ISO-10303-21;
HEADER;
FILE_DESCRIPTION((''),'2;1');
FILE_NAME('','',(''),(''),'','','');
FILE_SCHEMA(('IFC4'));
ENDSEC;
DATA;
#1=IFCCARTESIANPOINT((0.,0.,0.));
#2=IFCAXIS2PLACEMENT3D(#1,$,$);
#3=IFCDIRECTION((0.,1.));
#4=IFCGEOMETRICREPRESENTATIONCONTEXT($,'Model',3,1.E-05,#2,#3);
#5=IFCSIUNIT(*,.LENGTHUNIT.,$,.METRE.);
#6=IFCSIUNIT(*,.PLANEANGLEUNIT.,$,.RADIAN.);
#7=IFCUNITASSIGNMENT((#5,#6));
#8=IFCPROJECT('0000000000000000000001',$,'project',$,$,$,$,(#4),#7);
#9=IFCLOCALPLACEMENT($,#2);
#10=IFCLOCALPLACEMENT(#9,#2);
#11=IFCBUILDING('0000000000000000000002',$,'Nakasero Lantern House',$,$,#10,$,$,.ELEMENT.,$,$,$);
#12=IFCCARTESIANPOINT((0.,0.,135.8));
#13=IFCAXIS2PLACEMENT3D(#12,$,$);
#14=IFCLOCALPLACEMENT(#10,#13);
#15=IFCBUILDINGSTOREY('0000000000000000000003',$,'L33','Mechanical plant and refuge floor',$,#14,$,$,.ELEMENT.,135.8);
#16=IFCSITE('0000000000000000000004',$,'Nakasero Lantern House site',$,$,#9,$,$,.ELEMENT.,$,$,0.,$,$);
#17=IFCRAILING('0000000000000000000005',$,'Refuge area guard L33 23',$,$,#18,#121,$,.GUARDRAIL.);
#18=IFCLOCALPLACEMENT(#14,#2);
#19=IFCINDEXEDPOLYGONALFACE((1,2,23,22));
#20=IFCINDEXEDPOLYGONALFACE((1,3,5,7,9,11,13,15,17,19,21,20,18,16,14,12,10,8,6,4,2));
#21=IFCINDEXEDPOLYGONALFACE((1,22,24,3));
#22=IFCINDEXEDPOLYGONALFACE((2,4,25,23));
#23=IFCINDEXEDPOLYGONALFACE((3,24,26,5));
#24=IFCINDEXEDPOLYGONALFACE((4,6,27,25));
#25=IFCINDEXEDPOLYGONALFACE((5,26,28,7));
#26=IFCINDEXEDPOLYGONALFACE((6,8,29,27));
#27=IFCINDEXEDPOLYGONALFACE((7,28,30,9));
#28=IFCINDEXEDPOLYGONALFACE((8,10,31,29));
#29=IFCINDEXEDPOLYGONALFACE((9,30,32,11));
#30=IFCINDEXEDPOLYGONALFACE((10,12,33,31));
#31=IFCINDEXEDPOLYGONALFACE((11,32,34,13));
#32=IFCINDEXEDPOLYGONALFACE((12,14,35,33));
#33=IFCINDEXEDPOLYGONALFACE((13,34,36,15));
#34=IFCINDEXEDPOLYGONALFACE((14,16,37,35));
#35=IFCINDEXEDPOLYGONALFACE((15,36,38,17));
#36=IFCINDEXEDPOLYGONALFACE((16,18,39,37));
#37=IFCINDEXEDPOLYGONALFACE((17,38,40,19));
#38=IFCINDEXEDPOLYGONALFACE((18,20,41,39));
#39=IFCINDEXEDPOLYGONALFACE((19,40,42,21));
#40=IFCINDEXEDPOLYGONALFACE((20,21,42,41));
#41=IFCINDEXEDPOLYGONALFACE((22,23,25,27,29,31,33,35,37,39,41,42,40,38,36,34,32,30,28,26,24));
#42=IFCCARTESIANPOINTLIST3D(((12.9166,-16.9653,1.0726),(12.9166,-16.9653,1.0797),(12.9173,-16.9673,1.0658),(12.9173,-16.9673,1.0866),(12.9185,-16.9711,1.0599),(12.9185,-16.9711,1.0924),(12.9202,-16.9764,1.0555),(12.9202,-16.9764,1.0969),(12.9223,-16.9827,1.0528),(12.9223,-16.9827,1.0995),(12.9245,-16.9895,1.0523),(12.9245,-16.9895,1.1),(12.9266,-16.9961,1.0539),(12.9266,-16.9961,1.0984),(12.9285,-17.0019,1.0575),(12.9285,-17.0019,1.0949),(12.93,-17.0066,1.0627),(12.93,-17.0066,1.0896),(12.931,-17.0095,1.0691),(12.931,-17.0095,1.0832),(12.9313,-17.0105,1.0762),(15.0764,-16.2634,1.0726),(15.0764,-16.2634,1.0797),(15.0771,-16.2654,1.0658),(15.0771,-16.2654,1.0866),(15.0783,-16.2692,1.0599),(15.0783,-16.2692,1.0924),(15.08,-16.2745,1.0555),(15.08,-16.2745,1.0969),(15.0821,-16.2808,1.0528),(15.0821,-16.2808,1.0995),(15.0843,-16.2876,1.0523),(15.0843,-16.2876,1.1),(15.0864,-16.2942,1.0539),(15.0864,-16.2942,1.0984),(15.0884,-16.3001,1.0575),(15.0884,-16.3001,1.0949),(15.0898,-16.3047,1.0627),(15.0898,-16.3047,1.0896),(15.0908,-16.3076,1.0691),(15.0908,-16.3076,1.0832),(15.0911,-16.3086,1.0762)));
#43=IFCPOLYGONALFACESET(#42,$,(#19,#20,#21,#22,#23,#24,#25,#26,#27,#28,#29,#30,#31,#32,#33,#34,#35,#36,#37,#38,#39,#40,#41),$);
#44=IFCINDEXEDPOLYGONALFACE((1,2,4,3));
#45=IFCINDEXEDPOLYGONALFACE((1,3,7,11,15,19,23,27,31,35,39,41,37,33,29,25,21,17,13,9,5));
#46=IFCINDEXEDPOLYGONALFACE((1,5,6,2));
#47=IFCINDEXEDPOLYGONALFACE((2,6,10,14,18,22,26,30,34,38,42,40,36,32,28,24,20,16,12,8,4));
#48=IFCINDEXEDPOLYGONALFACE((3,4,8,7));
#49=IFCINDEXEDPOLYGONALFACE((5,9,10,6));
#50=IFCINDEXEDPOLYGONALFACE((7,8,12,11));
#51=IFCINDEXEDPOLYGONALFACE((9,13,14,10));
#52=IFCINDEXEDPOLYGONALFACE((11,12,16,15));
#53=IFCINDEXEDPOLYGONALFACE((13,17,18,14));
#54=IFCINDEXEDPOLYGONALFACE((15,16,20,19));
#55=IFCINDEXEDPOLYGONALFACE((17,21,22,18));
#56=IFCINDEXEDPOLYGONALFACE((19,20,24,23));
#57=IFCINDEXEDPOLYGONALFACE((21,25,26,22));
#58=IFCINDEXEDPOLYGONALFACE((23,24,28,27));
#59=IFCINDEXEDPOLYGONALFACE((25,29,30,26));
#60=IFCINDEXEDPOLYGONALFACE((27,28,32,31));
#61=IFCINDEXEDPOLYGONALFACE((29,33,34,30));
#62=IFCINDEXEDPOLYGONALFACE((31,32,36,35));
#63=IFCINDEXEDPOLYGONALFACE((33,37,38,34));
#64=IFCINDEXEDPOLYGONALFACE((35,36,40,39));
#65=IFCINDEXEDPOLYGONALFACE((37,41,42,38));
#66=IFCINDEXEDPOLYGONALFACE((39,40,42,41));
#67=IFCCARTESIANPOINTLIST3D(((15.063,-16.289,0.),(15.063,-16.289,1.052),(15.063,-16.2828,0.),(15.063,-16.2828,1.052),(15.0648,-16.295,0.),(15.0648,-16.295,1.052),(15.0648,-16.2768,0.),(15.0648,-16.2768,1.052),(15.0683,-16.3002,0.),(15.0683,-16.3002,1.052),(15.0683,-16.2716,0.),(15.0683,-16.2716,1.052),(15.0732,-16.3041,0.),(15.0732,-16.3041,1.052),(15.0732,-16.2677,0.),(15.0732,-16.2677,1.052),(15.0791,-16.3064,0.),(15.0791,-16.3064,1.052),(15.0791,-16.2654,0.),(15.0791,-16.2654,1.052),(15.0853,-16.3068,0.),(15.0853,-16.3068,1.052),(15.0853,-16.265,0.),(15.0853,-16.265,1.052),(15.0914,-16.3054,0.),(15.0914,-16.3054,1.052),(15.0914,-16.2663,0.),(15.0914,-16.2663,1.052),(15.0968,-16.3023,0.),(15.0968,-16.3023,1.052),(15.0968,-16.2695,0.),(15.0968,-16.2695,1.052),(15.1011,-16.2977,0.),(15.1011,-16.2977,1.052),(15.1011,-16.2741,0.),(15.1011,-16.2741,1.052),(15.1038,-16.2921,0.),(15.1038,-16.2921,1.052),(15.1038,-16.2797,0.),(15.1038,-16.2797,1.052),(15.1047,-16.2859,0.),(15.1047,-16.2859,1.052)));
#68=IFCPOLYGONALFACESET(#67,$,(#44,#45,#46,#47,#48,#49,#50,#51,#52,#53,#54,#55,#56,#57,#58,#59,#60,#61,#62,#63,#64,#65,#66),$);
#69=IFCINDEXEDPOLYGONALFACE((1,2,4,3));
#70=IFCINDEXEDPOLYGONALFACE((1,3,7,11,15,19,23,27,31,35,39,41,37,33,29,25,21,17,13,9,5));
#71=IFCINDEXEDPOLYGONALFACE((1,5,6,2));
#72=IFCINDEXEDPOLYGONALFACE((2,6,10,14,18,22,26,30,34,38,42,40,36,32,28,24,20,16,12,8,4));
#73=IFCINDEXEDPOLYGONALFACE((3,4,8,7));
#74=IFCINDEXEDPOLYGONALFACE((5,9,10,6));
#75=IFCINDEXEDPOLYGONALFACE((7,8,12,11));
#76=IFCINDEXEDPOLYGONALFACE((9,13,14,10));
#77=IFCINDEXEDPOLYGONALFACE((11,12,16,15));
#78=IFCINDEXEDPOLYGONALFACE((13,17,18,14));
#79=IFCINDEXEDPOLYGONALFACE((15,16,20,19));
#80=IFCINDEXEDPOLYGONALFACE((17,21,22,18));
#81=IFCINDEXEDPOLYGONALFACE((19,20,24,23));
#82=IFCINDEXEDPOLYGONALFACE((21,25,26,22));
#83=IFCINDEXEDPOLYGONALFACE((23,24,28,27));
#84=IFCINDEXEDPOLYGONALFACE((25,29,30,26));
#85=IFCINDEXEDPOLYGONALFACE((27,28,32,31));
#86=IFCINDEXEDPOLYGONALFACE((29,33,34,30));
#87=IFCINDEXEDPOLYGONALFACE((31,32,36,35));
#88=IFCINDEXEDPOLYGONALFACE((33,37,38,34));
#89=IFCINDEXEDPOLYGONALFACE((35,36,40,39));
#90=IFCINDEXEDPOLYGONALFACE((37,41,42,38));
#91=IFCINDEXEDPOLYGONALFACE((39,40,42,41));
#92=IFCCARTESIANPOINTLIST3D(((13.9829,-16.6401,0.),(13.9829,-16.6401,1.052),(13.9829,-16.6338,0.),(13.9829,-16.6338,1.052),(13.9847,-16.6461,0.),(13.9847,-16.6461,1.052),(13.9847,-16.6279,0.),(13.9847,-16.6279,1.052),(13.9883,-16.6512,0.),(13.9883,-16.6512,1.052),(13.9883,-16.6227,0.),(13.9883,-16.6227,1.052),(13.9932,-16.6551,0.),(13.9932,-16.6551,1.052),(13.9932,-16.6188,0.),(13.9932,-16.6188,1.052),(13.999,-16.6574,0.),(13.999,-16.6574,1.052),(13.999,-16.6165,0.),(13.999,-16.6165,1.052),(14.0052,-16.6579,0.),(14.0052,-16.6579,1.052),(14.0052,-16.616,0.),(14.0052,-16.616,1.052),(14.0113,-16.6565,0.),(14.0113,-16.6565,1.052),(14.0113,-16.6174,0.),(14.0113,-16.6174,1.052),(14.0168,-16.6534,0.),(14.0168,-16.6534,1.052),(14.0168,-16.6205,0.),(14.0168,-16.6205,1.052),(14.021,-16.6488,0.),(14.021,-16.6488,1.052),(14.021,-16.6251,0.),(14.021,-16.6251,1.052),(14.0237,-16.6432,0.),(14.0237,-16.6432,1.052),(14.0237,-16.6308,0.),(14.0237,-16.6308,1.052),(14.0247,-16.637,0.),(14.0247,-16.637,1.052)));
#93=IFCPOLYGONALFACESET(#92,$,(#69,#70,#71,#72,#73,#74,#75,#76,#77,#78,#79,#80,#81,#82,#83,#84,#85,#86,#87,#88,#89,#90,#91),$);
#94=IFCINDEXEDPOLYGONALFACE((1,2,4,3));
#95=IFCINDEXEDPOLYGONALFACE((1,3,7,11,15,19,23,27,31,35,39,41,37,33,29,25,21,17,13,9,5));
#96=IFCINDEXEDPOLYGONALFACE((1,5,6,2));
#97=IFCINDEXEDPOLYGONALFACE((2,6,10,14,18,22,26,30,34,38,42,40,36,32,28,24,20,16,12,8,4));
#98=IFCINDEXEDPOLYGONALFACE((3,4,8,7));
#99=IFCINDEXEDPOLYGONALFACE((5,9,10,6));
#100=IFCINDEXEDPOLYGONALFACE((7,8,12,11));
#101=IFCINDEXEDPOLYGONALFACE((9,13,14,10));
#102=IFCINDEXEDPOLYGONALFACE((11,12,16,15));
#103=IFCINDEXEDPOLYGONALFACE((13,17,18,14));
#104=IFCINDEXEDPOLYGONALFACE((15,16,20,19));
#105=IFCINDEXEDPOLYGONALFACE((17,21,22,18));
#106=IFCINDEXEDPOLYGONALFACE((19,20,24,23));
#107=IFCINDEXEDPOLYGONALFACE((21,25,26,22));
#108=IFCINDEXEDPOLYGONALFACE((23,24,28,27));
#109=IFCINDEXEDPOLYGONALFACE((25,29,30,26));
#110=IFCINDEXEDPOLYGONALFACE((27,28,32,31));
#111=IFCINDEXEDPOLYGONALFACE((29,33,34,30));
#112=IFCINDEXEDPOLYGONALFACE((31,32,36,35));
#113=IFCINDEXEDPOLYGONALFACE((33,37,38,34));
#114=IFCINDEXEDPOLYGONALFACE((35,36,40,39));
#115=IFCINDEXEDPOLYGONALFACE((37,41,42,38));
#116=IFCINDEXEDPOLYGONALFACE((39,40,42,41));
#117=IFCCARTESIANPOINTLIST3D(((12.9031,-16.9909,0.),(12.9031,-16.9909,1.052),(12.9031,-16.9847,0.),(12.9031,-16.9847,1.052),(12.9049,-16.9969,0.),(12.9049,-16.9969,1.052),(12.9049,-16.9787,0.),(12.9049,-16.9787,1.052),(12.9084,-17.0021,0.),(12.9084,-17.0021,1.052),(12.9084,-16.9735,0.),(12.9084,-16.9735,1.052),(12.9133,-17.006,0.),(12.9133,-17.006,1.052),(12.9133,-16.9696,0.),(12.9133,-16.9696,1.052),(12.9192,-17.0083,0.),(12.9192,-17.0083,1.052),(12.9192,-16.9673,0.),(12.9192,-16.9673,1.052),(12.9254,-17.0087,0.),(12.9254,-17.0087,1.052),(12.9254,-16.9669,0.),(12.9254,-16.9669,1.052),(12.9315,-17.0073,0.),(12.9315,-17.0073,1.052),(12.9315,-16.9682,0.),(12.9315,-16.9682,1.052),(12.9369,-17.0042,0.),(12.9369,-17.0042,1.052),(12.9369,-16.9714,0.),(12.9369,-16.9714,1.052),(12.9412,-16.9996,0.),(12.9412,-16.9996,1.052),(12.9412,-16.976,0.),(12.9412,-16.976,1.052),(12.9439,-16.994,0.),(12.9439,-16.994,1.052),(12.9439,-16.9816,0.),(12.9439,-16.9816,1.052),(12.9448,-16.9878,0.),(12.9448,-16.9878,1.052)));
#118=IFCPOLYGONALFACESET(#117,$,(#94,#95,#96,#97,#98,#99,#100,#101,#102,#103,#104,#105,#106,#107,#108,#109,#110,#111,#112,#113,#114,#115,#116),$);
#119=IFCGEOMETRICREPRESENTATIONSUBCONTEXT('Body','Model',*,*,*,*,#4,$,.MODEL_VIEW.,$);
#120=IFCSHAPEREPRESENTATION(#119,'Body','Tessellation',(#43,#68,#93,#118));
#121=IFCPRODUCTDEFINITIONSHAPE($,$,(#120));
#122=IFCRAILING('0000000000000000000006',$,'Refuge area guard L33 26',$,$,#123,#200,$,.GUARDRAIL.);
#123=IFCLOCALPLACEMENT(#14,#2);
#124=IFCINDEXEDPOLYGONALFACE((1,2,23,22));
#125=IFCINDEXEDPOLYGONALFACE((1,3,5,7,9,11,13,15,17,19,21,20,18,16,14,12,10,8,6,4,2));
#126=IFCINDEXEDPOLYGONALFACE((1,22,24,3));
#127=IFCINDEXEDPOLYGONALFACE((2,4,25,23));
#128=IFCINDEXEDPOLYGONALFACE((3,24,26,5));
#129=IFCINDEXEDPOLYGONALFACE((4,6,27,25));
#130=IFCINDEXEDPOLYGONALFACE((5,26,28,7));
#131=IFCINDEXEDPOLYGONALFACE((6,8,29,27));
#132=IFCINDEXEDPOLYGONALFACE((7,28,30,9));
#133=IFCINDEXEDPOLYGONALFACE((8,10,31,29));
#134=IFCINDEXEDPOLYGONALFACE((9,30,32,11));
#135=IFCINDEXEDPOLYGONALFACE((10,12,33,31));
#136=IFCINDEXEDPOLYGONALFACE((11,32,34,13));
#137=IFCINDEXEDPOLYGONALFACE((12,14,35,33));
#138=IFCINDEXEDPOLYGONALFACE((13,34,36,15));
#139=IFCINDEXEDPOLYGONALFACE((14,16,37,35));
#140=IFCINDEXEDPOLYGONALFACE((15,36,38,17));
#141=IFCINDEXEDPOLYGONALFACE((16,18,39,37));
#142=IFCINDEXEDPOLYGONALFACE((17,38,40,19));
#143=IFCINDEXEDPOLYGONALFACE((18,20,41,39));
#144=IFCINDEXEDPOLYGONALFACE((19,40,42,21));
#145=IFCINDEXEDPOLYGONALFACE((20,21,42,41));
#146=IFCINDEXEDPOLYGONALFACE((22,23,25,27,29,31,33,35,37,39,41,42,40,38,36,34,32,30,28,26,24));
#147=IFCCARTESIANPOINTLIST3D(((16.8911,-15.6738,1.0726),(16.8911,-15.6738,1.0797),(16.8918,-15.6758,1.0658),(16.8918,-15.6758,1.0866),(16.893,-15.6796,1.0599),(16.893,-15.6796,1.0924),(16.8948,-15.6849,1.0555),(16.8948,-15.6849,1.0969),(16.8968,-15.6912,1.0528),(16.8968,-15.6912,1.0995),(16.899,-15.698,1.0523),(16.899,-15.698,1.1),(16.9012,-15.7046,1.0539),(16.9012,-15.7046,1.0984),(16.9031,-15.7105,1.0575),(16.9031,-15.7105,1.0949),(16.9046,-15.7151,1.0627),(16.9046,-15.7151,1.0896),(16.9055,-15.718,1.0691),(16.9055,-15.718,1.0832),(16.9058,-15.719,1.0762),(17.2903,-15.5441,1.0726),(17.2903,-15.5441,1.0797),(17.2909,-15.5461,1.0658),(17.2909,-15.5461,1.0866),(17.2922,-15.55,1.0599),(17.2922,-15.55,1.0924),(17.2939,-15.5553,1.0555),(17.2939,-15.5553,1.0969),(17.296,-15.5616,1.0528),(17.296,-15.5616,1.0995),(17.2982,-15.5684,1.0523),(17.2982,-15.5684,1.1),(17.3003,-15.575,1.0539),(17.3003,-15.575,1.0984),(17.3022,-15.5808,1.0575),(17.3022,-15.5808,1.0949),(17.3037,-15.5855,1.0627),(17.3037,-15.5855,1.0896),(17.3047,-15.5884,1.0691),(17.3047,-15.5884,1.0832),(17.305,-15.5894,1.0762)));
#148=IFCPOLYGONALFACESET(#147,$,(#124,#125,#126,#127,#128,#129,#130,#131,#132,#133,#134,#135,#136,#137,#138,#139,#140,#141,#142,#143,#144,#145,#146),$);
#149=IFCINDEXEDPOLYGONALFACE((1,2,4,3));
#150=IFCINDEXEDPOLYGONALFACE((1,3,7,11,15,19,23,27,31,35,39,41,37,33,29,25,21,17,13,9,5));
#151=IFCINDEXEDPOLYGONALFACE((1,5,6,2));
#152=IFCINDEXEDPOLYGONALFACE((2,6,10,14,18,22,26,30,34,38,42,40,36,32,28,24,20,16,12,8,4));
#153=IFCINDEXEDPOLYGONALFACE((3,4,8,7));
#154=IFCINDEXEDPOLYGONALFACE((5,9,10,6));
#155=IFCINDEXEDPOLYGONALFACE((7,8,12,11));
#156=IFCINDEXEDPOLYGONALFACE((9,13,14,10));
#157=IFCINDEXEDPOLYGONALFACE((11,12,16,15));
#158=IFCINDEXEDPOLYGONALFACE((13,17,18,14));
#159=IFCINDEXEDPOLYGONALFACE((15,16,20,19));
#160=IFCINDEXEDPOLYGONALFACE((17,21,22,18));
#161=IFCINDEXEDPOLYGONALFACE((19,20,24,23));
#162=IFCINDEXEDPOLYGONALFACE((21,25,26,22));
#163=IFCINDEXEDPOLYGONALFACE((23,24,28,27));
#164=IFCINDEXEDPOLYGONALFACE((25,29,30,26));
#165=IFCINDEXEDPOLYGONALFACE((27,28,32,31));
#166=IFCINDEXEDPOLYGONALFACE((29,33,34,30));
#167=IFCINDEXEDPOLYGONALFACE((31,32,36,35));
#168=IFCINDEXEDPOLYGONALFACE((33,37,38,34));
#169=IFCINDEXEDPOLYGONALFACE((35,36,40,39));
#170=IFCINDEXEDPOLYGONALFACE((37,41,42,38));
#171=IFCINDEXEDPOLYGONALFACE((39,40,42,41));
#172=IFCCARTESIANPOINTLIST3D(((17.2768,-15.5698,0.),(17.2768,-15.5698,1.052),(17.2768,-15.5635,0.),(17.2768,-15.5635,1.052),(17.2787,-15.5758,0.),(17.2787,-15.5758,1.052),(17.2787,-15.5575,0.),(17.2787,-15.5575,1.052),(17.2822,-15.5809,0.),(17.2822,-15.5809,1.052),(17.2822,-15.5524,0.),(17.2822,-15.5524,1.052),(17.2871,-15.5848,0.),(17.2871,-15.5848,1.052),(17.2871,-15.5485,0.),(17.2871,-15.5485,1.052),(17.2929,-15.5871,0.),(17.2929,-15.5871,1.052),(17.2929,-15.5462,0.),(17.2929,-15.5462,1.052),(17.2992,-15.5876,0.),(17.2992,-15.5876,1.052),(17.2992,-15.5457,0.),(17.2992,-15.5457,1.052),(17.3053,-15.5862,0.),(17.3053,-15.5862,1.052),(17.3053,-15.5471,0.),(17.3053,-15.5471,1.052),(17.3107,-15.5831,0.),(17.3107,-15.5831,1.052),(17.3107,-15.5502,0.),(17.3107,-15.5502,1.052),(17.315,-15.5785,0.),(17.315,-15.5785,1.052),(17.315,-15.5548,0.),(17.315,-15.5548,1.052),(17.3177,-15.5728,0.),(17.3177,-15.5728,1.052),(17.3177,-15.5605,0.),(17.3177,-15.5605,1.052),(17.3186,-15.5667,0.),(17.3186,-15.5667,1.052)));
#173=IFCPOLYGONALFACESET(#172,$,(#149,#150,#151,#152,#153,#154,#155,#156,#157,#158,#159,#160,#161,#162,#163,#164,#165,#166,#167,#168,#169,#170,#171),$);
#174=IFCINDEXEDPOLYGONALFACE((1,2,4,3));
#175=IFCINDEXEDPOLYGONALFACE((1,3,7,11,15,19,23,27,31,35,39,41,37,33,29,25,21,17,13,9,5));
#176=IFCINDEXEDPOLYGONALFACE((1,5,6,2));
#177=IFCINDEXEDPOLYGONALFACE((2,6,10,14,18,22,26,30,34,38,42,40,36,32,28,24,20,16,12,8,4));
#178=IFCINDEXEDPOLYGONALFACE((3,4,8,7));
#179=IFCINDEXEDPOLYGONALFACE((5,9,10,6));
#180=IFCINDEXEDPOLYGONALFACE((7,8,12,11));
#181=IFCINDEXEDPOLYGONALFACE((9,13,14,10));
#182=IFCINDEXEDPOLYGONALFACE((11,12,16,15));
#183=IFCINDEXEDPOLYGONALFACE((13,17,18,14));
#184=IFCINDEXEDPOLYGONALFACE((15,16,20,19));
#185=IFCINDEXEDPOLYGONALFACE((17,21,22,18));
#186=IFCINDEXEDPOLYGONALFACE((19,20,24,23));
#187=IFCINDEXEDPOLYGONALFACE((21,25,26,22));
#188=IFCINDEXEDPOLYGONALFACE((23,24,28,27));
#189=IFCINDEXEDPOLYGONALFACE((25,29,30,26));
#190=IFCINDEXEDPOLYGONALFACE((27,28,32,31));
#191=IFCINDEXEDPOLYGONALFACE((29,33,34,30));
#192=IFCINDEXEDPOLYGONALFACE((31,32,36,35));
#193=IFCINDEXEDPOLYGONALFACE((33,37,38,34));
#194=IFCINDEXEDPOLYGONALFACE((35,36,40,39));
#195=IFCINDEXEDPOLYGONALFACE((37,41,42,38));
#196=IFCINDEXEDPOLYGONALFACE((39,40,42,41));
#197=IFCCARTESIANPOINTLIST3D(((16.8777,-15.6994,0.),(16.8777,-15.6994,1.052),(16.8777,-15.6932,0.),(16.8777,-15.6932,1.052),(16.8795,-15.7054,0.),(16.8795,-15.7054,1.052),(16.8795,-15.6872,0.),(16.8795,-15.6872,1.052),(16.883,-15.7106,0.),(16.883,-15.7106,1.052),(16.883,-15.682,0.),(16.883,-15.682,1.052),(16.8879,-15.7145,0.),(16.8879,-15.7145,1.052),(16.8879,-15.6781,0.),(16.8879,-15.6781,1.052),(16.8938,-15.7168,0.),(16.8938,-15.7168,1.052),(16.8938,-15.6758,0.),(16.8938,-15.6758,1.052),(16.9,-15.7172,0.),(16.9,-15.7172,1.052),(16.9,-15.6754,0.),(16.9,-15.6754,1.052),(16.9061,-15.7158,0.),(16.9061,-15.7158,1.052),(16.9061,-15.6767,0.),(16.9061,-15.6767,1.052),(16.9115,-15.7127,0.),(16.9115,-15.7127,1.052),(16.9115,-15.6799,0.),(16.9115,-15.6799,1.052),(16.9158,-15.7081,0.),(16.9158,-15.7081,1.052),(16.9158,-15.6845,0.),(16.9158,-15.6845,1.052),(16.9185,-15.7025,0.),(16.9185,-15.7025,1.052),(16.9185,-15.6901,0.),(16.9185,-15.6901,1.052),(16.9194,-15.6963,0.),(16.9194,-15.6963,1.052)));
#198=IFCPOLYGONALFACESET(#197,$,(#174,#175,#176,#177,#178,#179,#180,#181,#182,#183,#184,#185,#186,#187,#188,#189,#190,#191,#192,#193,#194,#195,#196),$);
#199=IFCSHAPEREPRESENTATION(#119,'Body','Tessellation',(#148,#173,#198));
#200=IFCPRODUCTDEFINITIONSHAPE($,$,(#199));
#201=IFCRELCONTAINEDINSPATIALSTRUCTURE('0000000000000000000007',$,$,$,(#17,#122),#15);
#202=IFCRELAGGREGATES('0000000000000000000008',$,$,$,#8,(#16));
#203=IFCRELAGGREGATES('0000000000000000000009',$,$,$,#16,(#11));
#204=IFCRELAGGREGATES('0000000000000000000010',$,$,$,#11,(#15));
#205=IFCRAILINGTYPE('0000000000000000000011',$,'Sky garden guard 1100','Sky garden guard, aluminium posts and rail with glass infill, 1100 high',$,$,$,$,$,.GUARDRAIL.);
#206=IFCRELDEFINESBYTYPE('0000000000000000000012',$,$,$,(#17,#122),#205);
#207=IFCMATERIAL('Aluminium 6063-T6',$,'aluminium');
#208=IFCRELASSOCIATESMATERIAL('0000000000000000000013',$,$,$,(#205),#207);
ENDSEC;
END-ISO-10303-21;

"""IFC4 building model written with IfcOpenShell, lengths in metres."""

from ifc_helpers import new_model, si_unit, direction, frame, origin, origin_2d, place, context, subcontext, project, spatial, circle, extrude, material, type_object, element, save


model = new_model("IFC4")

# Units and contexts
model_context = context("Model", 3, precision=1e-05, world=origin(), true_north=direction((0.0, 1.0)))
body_context = subcontext(model_context, "Body", "Model", "MODEL_VIEW")
ifc_project = project(units=[si_unit("LENGTHUNIT", "METRE"), si_unit("PLANEANGLEUNIT", "RADIAN")], contexts=[model_context])

# Site, building, storey
site_placement = place(None, origin())
site = spatial("IfcSite", under=ifc_project, at=site_placement, Name="Nakasero Lantern House site", CompositionType="ELEMENT", RefElevation=0.0)
building_placement = place(site_placement, origin())
building = spatial("IfcBuilding", under=site, at=building_placement, Name="Nakasero Lantern House", CompositionType="ELEMENT")
storey_placement = place(building_placement, frame((0.0, 0.0, 135.8)))
storey = spatial("IfcBuildingStorey", under=building, at=storey_placement, Name="L33", Description="Mechanical plant and refuge floor", CompositionType="ELEMENT", Elevation=135.8)

# Railings
ifc_material_1 = material(Name="Aluminium 6063-T6", Category="aluminium")
railing_type = type_object("IfcRailingType", Name="Sky garden guard 1100", Description="Sky garden guard, aluminium posts and rail with glass infill, 1100 high", PredefinedType="GUARDRAIL", material=ifc_material_1)
railing_1_placement = place(storey_placement, frame((15.0837, -16.2859, 0.0)))
element("IfcRailing", 1, at=railing_1_placement, inside=storey, type_object=railing_type, Name="Refuge area guard L33 23", PredefinedType="GUARDRAIL", context=body_context, shape_type="SweptSolid", body=[
    extrude(circle(Radius=0.0239, at=origin_2d()), frame((0.0, 0.0, 1.0762), z_axis=(-0.951043, -0.309059, 0.0), x_axis=(0.309059, -0.951043, 0.0)), (0.0, 0.0, 1.0), 2.271),
    extrude(circle(Radius=0.021, at=origin_2d()), origin(), (0.0, 0.0, 1.0), 1.052),
    extrude(circle(Radius=0.021, at=origin_2d()), frame((-1.0801, -0.3511, 0.0)), (0.0, 0.0, 1.0), 1.052),
    extrude(circle(Radius=0.021, at=origin_2d()), frame((-2.1599, -0.7019, 0.0)), (0.0, 0.0, 1.0), 1.052),
])
railing_2_placement = place(storey_placement, frame((17.2976, -15.5667, 0.0)))
element("IfcRailing", 2, at=railing_2_placement, inside=storey, type_object=railing_type, Name="Refuge area guard L33 26", PredefinedType="GUARDRAIL", context=body_context, shape_type="SweptSolid", body=[
    extrude(circle(Radius=0.0239, at=origin_2d()), frame((0.0, 0.0, 1.0762), z_axis=(-0.951098, -0.308889, 0.0), x_axis=(0.308889, -0.951098, 0.0)), (0.0, 0.0, 1.0), 0.4197),
    extrude(circle(Radius=0.021, at=origin_2d()), origin(), (0.0, 0.0, 1.0), 1.052),
    extrude(circle(Radius=0.021, at=origin_2d()), frame((-0.3992, -0.1296, 0.0)), (0.0, 0.0, 1.0), 1.052),
])

save(model, "model.ifc")
